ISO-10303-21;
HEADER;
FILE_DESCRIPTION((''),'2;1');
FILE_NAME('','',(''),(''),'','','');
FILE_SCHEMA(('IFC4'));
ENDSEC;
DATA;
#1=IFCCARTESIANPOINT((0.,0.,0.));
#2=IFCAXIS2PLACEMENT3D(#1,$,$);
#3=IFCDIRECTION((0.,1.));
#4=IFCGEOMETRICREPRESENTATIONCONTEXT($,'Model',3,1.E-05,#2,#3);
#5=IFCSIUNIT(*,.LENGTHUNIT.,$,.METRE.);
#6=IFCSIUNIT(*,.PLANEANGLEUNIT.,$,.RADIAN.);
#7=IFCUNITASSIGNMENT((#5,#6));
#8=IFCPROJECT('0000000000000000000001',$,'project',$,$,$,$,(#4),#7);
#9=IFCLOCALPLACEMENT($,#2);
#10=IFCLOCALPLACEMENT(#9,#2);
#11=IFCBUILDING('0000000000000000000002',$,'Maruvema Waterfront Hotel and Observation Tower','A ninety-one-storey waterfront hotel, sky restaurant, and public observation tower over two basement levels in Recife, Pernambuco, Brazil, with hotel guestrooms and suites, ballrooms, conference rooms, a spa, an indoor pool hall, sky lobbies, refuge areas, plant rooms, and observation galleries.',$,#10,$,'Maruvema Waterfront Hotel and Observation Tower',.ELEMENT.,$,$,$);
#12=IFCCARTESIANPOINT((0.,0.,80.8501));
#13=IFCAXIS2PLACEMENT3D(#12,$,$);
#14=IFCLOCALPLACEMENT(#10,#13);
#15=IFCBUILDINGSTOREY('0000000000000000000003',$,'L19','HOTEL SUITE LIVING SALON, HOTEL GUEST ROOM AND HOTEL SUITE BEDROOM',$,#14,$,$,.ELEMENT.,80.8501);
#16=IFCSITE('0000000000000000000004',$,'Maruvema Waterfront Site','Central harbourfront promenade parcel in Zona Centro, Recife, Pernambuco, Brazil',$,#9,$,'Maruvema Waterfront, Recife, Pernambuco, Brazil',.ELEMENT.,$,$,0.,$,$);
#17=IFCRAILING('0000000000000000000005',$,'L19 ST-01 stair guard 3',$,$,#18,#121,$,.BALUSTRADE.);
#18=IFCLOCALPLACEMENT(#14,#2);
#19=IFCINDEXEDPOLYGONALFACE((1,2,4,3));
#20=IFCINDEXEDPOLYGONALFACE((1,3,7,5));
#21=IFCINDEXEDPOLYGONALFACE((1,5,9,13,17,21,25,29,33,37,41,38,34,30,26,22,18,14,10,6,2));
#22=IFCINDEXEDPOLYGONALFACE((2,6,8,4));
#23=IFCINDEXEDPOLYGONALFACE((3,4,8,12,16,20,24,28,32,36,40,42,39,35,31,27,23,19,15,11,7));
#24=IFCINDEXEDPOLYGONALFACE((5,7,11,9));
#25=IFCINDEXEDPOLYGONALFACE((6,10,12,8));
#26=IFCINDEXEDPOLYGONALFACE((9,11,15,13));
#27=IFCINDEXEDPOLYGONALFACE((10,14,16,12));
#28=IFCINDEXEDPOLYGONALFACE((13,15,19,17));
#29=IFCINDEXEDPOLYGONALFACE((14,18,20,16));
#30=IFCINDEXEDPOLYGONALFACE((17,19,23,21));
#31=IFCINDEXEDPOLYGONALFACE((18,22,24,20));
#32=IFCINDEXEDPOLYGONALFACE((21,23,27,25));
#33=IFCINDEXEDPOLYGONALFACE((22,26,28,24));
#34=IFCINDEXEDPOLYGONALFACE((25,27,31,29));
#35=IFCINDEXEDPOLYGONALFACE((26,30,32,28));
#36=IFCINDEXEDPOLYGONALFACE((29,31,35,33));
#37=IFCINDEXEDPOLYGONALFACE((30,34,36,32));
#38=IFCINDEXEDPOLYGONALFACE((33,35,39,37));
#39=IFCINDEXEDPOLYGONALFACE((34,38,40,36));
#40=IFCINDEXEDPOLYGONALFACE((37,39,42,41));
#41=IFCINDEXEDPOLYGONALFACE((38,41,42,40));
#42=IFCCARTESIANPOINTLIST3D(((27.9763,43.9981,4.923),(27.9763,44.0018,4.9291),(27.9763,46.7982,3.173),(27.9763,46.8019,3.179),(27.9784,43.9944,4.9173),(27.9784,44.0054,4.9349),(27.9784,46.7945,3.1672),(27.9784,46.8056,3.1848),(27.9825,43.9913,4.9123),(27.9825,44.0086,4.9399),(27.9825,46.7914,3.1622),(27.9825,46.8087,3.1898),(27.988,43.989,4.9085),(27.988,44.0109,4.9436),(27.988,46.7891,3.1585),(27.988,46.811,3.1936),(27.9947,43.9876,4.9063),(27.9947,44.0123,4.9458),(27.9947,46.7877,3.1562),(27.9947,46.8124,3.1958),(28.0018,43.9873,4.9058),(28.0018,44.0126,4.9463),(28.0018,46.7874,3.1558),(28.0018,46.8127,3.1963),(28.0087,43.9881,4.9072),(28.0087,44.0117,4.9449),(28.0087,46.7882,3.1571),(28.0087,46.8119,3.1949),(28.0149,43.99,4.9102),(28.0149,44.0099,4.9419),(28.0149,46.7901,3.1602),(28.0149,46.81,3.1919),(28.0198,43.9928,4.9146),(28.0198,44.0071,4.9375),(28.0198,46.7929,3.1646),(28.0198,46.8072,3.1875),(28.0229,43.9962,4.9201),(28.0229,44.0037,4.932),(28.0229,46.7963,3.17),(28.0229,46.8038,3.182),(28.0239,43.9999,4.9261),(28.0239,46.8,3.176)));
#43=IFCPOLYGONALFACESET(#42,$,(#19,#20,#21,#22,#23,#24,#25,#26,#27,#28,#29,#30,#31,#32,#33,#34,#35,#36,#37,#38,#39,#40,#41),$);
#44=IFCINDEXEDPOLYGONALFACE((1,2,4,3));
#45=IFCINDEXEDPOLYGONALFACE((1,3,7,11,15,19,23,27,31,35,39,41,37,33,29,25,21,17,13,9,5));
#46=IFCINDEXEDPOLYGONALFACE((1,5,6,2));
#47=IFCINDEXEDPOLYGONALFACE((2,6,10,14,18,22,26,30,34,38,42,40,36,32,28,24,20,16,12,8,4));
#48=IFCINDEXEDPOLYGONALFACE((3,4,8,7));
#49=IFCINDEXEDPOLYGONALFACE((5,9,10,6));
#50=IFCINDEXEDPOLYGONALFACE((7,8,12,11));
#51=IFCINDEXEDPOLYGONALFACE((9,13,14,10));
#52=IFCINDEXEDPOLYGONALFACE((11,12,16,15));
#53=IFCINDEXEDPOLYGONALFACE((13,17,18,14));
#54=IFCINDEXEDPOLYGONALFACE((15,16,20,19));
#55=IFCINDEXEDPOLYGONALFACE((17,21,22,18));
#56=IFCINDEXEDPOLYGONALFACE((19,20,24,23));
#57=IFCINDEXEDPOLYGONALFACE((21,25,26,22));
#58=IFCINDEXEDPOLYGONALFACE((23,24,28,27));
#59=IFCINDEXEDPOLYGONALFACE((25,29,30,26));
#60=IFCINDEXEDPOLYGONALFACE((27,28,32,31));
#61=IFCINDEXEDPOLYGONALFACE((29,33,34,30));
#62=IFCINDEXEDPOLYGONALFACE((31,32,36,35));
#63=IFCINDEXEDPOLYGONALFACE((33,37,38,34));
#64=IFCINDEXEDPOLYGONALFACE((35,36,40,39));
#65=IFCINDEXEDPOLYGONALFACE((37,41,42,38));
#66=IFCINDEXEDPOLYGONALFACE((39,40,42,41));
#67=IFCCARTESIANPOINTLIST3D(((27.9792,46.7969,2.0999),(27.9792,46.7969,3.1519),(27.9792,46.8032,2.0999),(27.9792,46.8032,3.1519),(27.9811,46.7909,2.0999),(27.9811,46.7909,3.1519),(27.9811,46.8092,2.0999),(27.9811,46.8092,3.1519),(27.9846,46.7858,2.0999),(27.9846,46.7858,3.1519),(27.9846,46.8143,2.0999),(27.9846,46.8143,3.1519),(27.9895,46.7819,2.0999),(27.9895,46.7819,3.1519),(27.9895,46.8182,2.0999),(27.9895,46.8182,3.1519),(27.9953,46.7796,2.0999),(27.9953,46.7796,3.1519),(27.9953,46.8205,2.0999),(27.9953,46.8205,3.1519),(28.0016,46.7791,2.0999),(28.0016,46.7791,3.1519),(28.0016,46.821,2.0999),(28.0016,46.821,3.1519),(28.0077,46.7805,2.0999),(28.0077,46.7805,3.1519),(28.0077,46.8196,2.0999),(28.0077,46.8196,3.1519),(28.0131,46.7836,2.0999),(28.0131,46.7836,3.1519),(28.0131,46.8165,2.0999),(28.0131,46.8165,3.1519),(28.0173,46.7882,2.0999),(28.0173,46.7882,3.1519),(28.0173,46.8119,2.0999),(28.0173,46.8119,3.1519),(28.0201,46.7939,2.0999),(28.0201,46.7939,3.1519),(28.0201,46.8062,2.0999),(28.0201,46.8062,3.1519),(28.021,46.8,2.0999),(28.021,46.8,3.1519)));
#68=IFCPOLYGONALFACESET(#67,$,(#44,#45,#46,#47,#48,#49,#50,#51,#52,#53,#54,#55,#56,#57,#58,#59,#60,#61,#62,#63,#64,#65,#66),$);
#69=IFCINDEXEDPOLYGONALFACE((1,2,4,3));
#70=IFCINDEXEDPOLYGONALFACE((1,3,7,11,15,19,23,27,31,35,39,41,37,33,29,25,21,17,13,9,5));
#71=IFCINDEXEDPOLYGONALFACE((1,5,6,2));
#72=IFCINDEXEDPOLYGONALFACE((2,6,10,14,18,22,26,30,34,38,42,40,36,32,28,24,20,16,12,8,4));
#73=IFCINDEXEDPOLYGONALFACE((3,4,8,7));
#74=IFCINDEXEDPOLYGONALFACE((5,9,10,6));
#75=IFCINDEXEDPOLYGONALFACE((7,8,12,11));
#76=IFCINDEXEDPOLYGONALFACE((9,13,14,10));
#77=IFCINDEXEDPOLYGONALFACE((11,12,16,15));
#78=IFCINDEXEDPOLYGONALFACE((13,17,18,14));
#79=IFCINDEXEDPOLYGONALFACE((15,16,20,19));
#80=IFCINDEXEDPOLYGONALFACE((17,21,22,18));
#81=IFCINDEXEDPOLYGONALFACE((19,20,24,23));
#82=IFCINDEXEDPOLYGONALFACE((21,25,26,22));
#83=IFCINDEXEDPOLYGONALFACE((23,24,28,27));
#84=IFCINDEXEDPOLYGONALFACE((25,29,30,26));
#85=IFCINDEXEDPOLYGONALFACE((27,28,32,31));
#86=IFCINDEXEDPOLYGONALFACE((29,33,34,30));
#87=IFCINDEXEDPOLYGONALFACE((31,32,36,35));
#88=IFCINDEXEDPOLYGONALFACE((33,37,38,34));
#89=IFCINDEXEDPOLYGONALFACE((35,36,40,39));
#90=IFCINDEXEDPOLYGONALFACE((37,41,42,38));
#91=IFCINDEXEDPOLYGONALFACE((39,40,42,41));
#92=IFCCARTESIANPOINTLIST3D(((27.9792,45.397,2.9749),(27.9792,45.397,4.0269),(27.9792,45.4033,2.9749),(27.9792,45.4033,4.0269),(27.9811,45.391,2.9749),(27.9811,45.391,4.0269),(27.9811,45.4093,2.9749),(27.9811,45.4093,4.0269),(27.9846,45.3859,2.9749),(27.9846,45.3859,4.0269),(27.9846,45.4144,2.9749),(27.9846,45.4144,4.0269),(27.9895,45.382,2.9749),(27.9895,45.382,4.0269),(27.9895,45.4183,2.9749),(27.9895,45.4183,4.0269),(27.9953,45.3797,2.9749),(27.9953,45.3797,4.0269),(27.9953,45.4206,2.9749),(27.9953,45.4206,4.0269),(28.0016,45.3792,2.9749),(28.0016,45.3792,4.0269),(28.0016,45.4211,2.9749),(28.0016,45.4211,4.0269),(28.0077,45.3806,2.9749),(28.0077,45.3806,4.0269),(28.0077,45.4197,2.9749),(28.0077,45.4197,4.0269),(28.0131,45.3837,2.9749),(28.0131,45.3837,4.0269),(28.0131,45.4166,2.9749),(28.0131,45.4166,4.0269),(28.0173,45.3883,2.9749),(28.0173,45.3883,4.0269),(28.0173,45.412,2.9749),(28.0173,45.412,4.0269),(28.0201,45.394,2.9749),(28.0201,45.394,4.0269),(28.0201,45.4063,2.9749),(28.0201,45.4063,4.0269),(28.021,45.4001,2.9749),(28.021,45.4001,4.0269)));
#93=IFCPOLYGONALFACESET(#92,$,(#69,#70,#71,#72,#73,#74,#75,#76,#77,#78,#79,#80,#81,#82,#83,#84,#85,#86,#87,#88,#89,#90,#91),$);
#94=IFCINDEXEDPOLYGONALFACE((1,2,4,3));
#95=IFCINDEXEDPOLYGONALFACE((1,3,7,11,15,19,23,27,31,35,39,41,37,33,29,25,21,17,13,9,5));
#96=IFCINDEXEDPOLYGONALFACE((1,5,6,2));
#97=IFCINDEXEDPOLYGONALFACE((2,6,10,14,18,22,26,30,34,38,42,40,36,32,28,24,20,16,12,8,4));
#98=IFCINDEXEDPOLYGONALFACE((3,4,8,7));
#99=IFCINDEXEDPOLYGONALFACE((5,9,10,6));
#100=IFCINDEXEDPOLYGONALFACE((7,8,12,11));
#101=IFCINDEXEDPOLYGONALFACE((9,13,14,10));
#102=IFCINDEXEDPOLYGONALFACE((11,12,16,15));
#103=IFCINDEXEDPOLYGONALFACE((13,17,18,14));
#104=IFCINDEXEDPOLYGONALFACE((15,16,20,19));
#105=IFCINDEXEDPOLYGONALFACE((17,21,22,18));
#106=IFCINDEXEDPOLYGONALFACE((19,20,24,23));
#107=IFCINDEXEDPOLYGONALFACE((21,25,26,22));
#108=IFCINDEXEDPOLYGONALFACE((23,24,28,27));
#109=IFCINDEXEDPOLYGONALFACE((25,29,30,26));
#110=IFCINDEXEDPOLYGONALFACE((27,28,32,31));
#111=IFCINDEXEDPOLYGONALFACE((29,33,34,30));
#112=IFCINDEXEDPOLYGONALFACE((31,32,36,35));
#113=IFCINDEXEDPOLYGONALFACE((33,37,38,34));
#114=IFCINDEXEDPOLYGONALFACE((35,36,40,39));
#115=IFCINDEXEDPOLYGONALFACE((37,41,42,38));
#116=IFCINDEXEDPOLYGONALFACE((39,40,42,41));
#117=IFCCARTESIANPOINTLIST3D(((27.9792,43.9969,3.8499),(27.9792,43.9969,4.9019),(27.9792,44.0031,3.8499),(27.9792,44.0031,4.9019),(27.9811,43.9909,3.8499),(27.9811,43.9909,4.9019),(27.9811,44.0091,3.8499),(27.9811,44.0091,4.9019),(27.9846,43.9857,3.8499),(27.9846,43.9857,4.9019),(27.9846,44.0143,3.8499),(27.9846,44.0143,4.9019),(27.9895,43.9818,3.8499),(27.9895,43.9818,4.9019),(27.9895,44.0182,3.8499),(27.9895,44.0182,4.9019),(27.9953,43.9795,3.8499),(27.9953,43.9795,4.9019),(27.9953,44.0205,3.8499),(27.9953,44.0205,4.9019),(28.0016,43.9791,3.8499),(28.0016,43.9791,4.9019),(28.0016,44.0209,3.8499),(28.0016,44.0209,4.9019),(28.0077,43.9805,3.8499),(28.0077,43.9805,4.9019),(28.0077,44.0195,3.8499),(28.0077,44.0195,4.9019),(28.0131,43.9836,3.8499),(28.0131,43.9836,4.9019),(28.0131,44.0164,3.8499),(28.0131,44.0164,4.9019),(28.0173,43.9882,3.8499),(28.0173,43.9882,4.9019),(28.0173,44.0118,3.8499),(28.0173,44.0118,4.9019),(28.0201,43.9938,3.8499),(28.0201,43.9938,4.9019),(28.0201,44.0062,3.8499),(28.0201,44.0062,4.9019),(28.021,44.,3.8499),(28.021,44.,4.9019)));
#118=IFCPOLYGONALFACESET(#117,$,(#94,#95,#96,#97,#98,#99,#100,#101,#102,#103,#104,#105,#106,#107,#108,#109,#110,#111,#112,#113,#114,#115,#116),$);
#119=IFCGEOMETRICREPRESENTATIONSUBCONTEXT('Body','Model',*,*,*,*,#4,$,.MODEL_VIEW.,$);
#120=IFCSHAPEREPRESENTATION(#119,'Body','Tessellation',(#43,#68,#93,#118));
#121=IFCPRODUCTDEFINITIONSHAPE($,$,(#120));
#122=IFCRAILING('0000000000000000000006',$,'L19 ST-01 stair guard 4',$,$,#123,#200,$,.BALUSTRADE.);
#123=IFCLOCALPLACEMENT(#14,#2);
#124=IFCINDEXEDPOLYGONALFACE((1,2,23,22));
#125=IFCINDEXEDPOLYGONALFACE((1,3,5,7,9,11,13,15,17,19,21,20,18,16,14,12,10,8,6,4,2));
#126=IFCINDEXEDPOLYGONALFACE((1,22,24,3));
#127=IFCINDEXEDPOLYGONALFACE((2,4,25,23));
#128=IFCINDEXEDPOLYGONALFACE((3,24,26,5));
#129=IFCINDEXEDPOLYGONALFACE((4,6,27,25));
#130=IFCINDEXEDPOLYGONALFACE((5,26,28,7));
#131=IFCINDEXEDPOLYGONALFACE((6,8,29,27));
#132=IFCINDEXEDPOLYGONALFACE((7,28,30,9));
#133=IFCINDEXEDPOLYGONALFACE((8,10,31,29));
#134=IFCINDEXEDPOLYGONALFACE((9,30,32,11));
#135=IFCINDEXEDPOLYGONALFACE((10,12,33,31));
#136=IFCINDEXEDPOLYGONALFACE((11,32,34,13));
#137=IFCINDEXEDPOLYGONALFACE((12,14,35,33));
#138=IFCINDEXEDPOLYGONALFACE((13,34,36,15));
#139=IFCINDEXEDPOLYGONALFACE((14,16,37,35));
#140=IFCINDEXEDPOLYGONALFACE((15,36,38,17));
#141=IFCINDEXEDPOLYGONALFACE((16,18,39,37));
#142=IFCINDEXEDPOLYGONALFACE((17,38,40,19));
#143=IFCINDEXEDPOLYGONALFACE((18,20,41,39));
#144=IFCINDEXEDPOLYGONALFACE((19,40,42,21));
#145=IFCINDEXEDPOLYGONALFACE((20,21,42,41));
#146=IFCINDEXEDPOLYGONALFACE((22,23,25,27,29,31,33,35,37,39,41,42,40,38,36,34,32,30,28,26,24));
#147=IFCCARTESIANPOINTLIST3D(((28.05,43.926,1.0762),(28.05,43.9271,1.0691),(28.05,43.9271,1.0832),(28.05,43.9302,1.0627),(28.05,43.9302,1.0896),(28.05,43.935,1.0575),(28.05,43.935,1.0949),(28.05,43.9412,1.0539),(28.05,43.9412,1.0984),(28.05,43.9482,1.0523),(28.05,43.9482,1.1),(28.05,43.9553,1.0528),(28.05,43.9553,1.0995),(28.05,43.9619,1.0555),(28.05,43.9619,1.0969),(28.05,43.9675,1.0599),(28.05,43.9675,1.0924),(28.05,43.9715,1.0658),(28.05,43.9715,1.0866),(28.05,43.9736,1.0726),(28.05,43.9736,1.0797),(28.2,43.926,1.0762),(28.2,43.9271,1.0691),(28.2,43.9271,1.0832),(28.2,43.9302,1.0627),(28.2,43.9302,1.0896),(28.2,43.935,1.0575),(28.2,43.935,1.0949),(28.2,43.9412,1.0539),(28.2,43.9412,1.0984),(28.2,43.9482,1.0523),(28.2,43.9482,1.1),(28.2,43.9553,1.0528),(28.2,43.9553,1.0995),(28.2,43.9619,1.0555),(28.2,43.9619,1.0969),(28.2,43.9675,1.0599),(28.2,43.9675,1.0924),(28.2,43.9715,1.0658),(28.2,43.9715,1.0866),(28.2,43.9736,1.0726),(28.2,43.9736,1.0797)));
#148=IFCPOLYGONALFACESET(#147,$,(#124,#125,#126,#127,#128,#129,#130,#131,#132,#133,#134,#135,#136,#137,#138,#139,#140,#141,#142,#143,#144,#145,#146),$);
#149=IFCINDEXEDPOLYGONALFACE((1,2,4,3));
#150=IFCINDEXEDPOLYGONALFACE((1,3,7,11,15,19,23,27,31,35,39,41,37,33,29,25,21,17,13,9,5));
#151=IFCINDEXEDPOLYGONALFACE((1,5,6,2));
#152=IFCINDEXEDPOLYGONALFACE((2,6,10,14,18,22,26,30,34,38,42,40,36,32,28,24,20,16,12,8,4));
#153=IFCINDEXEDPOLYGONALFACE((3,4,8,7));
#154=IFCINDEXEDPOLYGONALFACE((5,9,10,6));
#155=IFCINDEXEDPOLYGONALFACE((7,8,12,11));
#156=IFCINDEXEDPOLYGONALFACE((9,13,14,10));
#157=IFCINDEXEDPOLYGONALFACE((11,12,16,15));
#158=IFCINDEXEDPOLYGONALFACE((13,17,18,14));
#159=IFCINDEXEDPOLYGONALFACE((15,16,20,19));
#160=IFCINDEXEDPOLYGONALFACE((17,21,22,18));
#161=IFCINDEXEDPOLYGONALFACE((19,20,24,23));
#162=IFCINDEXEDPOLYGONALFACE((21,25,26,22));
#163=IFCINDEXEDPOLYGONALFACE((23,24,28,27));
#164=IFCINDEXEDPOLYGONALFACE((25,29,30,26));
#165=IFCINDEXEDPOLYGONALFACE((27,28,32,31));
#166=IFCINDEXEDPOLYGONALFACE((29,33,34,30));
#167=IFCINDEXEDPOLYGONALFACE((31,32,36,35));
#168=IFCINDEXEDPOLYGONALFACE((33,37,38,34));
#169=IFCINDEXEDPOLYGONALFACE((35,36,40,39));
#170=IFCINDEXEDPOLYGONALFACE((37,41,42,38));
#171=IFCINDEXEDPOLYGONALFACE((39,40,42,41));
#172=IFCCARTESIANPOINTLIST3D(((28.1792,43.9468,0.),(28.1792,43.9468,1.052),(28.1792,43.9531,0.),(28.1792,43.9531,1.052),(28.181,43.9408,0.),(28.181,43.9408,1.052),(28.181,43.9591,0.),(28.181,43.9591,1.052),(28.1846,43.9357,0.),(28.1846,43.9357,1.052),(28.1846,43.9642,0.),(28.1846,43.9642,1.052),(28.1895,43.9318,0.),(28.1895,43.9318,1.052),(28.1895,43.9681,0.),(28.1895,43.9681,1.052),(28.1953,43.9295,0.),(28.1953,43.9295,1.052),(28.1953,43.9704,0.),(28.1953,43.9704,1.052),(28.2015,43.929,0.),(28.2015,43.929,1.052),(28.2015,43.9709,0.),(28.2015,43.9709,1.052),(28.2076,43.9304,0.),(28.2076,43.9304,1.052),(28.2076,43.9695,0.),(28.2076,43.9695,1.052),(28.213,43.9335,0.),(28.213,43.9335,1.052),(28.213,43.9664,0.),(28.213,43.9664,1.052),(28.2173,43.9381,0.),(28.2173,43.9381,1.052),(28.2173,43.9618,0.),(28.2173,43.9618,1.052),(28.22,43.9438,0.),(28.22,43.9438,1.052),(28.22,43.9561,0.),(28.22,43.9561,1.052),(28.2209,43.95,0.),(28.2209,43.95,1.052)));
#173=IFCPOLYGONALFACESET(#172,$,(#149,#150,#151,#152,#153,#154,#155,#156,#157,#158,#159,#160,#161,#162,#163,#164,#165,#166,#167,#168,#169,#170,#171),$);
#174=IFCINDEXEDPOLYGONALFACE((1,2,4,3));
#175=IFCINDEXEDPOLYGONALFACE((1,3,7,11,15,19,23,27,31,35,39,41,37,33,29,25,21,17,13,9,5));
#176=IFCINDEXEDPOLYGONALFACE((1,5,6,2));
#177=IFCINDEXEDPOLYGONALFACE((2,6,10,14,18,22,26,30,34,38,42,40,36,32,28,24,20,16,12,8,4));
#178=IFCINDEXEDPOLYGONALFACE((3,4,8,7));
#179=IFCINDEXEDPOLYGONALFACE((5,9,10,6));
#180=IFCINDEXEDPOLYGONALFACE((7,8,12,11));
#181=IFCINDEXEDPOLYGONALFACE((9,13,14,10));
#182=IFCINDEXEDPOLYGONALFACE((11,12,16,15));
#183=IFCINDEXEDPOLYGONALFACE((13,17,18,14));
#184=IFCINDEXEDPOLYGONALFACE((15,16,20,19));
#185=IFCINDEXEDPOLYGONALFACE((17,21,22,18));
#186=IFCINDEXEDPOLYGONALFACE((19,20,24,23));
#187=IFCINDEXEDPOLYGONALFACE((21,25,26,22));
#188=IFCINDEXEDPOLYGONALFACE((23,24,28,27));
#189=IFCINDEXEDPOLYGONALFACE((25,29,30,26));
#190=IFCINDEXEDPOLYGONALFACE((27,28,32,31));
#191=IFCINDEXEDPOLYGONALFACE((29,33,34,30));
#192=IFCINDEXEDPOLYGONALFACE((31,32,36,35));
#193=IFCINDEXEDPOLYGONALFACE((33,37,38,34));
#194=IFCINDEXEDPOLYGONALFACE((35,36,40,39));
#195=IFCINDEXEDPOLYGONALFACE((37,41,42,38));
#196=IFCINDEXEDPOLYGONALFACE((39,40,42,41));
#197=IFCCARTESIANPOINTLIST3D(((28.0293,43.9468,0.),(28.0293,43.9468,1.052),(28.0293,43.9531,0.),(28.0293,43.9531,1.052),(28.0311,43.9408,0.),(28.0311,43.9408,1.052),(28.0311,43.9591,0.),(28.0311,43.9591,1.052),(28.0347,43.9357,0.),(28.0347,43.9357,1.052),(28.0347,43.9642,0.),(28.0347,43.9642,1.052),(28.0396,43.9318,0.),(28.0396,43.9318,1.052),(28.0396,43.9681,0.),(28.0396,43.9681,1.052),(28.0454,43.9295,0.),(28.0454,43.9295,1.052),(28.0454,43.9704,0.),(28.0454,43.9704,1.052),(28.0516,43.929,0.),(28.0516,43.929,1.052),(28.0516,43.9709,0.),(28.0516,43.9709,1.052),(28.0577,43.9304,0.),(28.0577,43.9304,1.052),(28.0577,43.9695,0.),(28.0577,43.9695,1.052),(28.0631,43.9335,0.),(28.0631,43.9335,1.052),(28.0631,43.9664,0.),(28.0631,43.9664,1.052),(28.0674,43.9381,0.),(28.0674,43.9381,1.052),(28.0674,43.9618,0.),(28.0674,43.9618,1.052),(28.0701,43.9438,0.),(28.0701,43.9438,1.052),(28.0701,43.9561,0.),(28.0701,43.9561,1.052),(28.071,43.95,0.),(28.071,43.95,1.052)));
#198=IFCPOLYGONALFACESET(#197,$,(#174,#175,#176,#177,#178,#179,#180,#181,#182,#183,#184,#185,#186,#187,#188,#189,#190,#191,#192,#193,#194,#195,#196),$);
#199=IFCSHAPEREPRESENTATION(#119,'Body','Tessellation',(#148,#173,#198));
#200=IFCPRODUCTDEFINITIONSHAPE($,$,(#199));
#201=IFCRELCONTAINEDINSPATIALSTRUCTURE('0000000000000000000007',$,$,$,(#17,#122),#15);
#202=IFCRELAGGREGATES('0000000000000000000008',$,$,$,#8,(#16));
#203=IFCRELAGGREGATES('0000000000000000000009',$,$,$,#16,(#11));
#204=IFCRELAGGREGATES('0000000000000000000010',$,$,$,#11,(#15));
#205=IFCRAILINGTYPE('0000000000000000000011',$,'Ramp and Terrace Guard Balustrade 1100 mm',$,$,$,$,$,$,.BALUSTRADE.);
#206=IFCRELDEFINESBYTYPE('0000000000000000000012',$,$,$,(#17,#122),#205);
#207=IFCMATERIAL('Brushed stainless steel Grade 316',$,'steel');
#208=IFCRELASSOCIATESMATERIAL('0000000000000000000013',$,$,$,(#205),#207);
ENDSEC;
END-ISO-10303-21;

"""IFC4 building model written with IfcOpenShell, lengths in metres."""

from ifc_helpers import new_model, si_unit, direction, frame, origin, origin_2d, place, context, subcontext, project, spatial, circle, extrude, material, type_object, element, save


model = new_model("IFC4")

# Units and contexts
model_context = context("Model", 3, precision=1e-05, world=origin(), true_north=direction((0.0, 1.0)))
body_context = subcontext(model_context, "Body", "Model", "MODEL_VIEW")
ifc_project = project(units=[si_unit("LENGTHUNIT", "METRE"), si_unit("PLANEANGLEUNIT", "RADIAN")], contexts=[model_context])

# Site, building, storey
site_placement = place(None, origin())
site = spatial("IfcSite", under=ifc_project, at=site_placement, Name="Maruvema Waterfront Site", Description="Central harbourfront promenade parcel in Zona Centro, Recife, Pernambuco, Brazil", LongName="Maruvema Waterfront, Recife, Pernambuco, Brazil", CompositionType="ELEMENT", RefElevation=0.0)
building_placement = place(site_placement, origin())
building = spatial("IfcBuilding", under=site, at=building_placement, Name="Maruvema Waterfront Hotel and Observation Tower", Description="A ninety-one-storey waterfront hotel, sky restaurant, and public observation tower over two basement levels in Recife, Pernambuco, Brazil, with hotel guestrooms and suites, ballrooms, conference rooms, a spa, an indoor pool hall, sky lobbies, refuge areas, plant rooms, and observation galleries.", LongName="Maruvema Waterfront Hotel and Observation Tower", CompositionType="ELEMENT")
storey_placement = place(building_placement, frame((0.0, 0.0, 80.8501)))
storey = spatial("IfcBuildingStorey", under=building, at=storey_placement, Name="L19", Description="HOTEL SUITE LIVING SALON, HOTEL GUEST ROOM AND HOTEL SUITE BEDROOM", CompositionType="ELEMENT", Elevation=80.8501)

# Railings
ifc_material_1 = material(Name="Brushed stainless steel Grade 316", Category="steel")
railing_type_1 = type_object("IfcRailingType", Name="Ramp and Terrace Guard Balustrade 1100 mm", PredefinedType="BALUSTRADE", material=ifc_material_1)
railing_1_placement = place(storey_placement, frame((28.0, 46.8, 2.0999)))
element("IfcRailing", 1, at=railing_1_placement, inside=storey, type_object=railing_type_1, Name="L19 ST-01 stair guard 3", PredefinedType="BALUSTRADE", context=body_context, shape_type="SweptSolid", body=[
    extrude(circle(Radius=0.0239, at=origin_2d()), frame((0.0, 0.0, 1.0762), z_axis=(0.0, -0.848002, 0.529992), x_axis=(1.0, 0.0, 0.0)), (0.0, 0.0, 1.0), 3.302),
    extrude(circle(Radius=0.021, at=origin_2d()), origin(), (0.0, 0.0, 1.0), 1.052),
    extrude(circle(Radius=0.021, at=origin_2d()), frame((0.0, -1.3999, 0.875)), (0.0, 0.0, 1.0), 1.052),
    extrude(circle(Radius=0.021, at=origin_2d()), frame((0.0, -2.8, 1.75)), (0.0, 0.0, 1.0), 1.052),
])
railing_2_placement = place(storey_placement, frame((28.2, 43.95, 0.0)))
element("IfcRailing", 2, at=railing_2_placement, inside=storey, type_object=railing_type_1, Name="L19 ST-01 stair guard 4", PredefinedType="BALUSTRADE", context=body_context, shape_type="SweptSolid", body=[
    extrude(circle(Radius=0.0239, at=origin_2d()), frame((0.0, 0.0, 1.0762), z_axis=(-1.0, 0.0, 0.0), x_axis=(0.0, -1.0, 0.0)), (0.0, 0.0, 1.0), 0.1499),
    extrude(circle(Radius=0.021, at=origin_2d()), origin(), (0.0, 0.0, 1.0), 1.052),
    extrude(circle(Radius=0.021, at=origin_2d()), frame((-0.1499, 0.0, 0.0)), (0.0, 0.0, 1.0), 1.052),
])

save(model, "model.ifc")
